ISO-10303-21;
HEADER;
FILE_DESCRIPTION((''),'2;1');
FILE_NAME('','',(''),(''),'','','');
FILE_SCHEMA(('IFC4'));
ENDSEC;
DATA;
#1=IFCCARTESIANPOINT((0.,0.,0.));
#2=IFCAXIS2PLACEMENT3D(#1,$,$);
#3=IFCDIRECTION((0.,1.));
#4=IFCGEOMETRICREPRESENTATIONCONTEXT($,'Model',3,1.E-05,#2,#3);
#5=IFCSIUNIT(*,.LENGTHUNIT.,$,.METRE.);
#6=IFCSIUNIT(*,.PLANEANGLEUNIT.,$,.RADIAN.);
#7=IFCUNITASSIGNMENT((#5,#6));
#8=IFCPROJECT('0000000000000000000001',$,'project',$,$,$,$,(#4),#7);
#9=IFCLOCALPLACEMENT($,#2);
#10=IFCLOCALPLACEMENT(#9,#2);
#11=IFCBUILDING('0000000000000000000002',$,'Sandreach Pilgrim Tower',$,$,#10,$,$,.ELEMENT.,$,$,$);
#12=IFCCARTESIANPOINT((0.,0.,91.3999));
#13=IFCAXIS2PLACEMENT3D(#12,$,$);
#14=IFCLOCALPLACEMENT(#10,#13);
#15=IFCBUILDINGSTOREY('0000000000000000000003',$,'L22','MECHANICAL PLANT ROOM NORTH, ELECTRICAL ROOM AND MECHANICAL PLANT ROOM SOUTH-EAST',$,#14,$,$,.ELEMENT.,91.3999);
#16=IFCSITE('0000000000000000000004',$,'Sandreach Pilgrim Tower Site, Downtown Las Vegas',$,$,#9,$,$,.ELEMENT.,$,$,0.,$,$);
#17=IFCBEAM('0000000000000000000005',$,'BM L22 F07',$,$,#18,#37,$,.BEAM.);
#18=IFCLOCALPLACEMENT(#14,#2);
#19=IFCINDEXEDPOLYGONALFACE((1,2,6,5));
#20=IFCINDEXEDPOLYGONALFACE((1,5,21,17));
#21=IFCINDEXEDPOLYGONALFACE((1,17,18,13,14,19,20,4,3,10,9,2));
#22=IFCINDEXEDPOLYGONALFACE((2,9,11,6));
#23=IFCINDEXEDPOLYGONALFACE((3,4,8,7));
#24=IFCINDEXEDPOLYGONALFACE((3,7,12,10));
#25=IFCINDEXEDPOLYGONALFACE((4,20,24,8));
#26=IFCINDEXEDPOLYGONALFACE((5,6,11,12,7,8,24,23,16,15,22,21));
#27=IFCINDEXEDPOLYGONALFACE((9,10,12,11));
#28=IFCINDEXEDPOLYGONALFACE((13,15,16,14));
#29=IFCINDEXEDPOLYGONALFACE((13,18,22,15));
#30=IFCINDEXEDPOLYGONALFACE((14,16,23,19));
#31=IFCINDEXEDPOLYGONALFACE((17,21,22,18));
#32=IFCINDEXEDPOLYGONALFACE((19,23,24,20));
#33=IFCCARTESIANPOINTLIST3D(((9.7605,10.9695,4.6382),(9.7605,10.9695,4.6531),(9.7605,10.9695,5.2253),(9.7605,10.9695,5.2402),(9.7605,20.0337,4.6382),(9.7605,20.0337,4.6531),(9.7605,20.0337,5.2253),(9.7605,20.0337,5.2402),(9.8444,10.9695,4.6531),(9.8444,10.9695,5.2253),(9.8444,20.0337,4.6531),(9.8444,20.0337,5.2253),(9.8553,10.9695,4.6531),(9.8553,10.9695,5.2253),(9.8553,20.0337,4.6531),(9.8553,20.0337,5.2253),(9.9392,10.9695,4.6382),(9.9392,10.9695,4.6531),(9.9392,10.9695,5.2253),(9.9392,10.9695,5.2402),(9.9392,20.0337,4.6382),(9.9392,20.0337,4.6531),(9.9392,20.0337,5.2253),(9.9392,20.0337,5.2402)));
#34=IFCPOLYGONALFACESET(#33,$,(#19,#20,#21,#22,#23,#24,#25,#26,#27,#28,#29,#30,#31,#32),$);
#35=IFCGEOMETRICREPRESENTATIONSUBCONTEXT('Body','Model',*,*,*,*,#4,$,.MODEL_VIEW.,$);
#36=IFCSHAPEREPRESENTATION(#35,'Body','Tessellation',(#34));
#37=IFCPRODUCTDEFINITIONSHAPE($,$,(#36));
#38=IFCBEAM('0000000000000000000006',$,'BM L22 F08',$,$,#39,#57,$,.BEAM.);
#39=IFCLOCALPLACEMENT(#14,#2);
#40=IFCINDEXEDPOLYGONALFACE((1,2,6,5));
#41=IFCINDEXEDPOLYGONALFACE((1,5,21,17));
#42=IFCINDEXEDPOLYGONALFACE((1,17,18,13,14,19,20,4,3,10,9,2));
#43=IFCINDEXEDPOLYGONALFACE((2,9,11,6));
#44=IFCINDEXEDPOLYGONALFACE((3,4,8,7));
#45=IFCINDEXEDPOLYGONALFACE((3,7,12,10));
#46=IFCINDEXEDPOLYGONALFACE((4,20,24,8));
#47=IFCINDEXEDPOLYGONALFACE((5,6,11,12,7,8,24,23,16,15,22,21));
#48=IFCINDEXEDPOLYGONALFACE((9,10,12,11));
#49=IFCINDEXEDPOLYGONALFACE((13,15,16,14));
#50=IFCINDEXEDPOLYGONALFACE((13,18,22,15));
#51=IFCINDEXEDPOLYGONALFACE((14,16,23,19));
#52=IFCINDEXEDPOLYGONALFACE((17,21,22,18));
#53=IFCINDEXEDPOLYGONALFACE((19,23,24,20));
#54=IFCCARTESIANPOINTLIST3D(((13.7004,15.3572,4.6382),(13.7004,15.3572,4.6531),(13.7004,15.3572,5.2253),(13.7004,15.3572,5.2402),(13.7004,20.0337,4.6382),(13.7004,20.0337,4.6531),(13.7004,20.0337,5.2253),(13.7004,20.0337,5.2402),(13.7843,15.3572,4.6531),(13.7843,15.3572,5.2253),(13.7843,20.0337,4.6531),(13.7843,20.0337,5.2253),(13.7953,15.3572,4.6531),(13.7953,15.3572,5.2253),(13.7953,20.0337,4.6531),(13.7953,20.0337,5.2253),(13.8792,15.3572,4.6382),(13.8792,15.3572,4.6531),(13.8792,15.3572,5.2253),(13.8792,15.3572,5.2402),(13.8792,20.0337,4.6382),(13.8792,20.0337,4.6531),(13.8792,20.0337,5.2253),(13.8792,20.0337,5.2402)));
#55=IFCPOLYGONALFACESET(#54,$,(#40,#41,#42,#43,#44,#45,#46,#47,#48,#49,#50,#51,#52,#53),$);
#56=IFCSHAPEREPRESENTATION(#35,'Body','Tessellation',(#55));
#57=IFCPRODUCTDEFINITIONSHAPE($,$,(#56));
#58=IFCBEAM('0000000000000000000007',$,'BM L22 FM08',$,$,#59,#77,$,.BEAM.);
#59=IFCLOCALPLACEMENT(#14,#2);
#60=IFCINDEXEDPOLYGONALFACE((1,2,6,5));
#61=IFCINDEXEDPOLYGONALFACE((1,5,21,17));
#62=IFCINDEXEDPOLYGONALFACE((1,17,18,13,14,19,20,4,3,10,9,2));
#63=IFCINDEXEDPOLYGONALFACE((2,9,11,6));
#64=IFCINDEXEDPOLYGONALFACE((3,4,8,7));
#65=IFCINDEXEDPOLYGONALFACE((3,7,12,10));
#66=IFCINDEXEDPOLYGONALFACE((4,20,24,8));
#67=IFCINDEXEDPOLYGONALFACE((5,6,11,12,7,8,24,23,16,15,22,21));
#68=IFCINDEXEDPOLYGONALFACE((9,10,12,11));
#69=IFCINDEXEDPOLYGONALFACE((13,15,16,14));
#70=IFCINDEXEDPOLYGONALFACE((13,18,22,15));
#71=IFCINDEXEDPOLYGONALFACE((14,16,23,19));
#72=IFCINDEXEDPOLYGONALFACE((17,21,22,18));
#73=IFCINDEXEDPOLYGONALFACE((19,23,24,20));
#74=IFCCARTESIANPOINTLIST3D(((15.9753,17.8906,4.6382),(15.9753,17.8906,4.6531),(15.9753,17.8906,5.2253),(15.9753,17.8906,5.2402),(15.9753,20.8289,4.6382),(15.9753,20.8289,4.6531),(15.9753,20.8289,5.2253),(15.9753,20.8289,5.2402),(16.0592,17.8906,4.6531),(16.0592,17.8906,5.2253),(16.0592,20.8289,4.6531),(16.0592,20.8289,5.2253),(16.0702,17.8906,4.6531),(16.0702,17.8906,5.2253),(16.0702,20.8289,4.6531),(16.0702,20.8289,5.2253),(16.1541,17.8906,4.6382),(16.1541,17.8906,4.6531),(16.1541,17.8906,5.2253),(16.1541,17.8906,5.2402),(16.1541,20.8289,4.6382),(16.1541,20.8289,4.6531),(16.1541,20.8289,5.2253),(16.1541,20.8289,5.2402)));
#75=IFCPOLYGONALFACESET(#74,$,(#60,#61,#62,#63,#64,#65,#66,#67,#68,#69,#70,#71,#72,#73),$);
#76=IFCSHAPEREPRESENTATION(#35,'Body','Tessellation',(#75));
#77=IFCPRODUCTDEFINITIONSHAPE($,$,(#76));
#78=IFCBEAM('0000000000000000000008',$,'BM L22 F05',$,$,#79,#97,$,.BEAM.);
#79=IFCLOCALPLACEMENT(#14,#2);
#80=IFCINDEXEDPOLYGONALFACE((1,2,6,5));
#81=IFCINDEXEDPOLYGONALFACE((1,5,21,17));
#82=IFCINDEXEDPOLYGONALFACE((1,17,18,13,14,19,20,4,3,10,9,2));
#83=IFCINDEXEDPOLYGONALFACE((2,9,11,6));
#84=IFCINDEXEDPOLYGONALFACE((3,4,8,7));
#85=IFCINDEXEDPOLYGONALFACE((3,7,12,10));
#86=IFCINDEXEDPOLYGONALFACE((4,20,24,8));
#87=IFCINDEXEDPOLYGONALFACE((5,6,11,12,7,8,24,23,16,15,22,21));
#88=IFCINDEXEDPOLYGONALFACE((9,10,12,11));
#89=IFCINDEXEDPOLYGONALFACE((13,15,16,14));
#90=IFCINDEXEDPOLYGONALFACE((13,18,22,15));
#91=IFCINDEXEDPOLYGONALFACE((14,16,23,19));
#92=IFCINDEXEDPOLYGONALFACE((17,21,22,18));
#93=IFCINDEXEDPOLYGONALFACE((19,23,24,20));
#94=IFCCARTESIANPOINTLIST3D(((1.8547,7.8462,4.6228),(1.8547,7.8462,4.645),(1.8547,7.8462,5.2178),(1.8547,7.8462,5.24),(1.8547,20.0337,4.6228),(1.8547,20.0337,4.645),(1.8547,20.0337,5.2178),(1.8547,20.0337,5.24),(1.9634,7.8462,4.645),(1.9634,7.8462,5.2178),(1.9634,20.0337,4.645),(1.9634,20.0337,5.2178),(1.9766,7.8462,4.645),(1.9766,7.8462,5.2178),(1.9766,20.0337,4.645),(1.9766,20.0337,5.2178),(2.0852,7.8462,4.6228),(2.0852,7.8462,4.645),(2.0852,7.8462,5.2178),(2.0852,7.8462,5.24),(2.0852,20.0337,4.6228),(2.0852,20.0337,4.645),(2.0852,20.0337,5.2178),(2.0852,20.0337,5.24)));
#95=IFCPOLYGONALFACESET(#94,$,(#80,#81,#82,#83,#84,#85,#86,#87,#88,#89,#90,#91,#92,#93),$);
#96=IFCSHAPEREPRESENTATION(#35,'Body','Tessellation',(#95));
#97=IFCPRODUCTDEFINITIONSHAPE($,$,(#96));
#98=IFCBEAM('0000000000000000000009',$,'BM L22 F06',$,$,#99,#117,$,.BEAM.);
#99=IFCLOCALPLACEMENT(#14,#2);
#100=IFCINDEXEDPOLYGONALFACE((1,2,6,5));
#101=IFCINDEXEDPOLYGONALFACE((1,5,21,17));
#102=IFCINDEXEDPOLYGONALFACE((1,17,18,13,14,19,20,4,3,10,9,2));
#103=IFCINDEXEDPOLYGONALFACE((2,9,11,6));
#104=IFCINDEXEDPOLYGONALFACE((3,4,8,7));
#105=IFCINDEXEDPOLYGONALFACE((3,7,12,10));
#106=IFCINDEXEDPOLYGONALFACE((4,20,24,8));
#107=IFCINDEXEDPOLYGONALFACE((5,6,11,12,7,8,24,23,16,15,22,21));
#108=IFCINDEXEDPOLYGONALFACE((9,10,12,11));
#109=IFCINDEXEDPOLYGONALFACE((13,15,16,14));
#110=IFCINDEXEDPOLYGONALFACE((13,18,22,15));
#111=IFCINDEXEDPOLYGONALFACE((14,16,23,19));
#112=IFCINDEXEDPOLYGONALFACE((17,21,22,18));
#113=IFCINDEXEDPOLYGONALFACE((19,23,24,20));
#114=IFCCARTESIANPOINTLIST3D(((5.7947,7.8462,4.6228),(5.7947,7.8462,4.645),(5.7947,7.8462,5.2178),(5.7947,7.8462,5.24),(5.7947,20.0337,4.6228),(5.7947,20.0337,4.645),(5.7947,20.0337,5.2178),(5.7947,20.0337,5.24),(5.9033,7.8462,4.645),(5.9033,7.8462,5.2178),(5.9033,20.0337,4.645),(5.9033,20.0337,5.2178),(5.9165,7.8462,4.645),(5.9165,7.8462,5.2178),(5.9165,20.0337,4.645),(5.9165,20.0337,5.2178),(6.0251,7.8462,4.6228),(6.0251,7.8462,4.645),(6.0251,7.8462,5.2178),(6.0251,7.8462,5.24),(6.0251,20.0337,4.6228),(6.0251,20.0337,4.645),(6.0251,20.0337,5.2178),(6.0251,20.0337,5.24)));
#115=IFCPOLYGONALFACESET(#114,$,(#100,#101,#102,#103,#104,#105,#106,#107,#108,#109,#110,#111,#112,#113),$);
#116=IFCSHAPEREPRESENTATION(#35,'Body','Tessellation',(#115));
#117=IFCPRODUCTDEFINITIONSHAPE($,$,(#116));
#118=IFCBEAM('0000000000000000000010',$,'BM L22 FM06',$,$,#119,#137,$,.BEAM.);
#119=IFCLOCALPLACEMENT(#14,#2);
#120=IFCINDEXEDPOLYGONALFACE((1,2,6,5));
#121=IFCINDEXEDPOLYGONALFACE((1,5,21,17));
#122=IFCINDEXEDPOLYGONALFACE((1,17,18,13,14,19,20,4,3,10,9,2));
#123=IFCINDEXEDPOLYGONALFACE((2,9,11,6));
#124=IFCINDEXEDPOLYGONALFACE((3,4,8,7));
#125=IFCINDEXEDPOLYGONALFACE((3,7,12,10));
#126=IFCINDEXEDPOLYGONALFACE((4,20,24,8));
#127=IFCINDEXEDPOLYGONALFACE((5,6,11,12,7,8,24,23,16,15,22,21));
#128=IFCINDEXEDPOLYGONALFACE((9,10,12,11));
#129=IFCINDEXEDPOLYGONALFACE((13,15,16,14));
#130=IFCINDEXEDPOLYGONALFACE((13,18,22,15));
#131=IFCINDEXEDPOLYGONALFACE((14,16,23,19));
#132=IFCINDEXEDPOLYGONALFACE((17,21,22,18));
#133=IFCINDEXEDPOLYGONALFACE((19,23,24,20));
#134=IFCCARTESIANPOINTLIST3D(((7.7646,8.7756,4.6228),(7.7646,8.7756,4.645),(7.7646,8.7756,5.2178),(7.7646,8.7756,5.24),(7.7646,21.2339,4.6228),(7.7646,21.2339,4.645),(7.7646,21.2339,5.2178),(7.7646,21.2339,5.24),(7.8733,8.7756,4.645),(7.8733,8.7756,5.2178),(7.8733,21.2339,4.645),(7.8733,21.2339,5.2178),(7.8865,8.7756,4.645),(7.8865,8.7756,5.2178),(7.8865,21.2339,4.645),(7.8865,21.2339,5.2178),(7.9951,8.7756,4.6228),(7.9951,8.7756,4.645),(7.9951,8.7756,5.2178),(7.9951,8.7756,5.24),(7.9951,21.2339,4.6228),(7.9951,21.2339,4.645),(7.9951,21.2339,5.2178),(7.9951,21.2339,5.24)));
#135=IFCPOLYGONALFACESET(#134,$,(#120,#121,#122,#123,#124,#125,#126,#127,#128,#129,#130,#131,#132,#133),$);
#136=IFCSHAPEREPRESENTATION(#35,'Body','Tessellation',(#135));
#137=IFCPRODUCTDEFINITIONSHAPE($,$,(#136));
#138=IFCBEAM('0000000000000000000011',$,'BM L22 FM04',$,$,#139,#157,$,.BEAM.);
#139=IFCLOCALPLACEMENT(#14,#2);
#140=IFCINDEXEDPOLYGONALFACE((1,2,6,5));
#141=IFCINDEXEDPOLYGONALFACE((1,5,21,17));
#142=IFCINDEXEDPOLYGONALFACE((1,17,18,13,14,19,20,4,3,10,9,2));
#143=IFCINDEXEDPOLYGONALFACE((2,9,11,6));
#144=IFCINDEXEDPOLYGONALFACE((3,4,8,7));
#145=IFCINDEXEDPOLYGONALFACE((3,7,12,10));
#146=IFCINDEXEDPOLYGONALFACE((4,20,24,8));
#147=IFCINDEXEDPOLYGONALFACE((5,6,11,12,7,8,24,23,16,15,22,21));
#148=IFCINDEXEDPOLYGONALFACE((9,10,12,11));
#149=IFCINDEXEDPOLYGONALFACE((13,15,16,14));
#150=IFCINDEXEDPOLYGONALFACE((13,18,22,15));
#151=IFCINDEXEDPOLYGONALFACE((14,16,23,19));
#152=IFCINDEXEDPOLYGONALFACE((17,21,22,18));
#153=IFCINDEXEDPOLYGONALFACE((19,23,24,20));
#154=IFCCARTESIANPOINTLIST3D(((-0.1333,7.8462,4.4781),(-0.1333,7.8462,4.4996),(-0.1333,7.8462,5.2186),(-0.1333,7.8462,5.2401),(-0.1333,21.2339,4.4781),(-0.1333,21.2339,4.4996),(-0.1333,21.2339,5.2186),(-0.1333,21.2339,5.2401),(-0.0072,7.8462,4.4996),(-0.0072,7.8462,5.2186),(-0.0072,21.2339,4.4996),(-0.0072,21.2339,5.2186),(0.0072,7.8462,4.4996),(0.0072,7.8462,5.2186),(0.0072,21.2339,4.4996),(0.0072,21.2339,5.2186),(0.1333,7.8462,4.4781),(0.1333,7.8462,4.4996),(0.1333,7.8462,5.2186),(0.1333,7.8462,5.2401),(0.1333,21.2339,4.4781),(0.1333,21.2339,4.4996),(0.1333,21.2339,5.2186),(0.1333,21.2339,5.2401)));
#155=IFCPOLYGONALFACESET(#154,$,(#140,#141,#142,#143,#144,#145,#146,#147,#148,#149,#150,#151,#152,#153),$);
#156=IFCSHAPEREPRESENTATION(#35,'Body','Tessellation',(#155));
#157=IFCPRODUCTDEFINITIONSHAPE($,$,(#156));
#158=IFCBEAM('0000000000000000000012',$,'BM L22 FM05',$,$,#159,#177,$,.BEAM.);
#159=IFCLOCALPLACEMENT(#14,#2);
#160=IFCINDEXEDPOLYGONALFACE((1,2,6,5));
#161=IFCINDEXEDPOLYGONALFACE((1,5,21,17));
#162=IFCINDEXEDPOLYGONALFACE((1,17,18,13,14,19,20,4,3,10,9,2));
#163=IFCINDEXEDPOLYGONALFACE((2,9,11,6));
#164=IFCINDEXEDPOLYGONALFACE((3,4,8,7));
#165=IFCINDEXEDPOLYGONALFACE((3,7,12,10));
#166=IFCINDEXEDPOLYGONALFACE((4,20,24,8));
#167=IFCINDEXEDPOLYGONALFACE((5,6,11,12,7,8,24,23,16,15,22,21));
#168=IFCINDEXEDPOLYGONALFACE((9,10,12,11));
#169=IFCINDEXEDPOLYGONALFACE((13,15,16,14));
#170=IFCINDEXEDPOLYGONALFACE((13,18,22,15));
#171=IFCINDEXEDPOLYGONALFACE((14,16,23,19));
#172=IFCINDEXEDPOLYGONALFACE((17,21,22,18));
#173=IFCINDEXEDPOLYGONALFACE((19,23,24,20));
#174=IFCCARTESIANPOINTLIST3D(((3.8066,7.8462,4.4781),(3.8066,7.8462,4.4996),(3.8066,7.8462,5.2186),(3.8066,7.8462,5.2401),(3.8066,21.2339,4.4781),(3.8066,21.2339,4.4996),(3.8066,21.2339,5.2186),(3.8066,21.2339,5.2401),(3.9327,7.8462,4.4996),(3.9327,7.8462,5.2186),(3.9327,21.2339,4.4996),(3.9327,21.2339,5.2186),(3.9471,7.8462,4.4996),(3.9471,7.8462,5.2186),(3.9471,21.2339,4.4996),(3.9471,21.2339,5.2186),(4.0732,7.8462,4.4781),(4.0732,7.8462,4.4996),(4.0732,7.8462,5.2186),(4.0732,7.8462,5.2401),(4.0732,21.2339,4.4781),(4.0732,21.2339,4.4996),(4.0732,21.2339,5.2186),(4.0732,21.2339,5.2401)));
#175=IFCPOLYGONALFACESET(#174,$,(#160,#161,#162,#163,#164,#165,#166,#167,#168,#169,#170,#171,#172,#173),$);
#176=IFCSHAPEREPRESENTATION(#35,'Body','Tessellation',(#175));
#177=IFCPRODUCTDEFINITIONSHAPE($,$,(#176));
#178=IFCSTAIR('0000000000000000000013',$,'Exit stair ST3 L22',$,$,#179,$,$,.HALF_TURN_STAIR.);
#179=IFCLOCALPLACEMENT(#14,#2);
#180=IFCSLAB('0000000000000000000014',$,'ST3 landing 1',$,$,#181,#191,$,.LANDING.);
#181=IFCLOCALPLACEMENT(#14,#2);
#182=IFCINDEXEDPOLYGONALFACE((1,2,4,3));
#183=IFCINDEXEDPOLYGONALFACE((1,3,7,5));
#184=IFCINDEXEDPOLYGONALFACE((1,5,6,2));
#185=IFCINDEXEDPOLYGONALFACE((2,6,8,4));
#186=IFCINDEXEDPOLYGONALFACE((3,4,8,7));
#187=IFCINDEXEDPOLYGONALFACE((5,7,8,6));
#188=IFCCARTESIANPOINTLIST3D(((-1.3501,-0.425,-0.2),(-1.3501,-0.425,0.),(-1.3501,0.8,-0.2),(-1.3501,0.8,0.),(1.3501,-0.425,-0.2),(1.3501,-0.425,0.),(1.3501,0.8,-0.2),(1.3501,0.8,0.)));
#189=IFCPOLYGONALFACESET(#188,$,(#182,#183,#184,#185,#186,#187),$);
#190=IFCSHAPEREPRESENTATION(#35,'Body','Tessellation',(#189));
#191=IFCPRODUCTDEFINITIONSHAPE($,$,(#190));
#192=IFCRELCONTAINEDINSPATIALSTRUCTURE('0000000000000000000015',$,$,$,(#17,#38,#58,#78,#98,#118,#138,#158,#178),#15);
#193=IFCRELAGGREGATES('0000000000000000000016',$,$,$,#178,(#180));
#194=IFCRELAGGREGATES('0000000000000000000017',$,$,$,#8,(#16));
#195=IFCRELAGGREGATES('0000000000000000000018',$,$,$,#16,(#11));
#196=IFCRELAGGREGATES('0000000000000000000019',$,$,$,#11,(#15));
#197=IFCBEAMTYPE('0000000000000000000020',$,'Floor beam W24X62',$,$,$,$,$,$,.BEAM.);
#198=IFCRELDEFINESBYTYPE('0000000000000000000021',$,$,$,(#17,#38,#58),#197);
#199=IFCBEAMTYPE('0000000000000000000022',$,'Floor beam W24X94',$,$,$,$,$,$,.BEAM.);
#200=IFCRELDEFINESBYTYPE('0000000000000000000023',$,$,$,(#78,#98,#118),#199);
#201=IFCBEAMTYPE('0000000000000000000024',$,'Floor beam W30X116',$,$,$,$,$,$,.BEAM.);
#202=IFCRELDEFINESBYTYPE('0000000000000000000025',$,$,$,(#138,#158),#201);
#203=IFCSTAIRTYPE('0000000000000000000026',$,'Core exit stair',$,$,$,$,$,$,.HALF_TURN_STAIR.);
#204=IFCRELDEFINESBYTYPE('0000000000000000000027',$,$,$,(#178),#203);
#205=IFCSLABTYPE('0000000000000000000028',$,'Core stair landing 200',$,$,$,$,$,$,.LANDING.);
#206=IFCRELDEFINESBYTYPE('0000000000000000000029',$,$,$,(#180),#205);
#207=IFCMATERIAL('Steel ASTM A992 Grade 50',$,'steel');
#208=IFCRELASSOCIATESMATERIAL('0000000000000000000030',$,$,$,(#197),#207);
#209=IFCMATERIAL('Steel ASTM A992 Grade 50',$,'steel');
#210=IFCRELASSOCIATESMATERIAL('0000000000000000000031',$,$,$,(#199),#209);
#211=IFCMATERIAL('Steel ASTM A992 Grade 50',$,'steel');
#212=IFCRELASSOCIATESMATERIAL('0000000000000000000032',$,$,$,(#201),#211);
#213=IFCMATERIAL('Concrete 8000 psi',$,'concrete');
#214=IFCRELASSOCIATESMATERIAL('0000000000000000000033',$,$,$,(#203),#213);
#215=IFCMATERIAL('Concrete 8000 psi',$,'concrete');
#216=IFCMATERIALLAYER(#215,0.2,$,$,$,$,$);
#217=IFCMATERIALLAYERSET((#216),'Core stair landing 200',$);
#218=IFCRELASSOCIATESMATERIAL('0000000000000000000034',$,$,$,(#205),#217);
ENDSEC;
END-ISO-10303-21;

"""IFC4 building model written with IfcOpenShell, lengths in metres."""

from ifc_helpers import new_model, si_unit, direction, frame, origin, origin_2d, place, context, subcontext, project, spatial, polyline, i_section, outline, extrude, material, layer, layer_set, material_profile, profile_set, type_object, element, aggregate, save


model = new_model("IFC4")

# Units and contexts
model_context = context("Model", 3, precision=1e-05, world=origin(), true_north=direction((0.0, 1.0)))
body_context = subcontext(model_context, "Body", "Model", "MODEL_VIEW")
ifc_project = project(units=[si_unit("LENGTHUNIT", "METRE"), si_unit("PLANEANGLEUNIT", "RADIAN")], contexts=[model_context])

# Site, building, storey
site_placement = place(None, origin())
site = spatial("IfcSite", under=ifc_project, at=site_placement, Name="Sandreach Pilgrim Tower Site, Downtown Las Vegas", CompositionType="ELEMENT", RefElevation=0.0)
building_placement = place(site_placement, origin())
building = spatial("IfcBuilding", under=site, at=building_placement, Name="Sandreach Pilgrim Tower", CompositionType="ELEMENT")
storey_placement = place(building_placement, frame((0.0, 0.0, 91.3999)))
storey = spatial("IfcBuildingStorey", under=building, at=storey_placement, Name="L22", Description="MECHANICAL PLANT ROOM NORTH, ELECTRICAL ROOM AND MECHANICAL PLANT ROOM SOUTH-EAST", CompositionType="ELEMENT", Elevation=91.3999)

# Beams
ifc_material_1 = material(Name="Steel ASTM A992 Grade 50", Category="steel")
ifc_material_profile_1 = material_profile(ifc_material_1, i_section(OverallWidth=0.1787, OverallDepth=0.6021, WebThickness=0.011, FlangeThickness=0.0149, at=origin_2d()), Name="W24X62")
ifc_profile_set_1 = profile_set([ifc_material_profile_1], Name="Steel ASTM A992 Grade 50")
beam_type_1 = type_object("IfcBeamType", Name="Floor beam W24X62", PredefinedType="BEAM", material=ifc_profile_set_1)
beam_1_placement = place(storey_placement, frame((9.8499, 20.0337, 4.9392), z_axis=(0.0, -1.0, 0.0), x_axis=(1.0, 0.0, 0.0)))
element("IfcBeam", 1, at=beam_1_placement, inside=storey, type_object=beam_type_1, Name="BM L22 F07", PredefinedType="BEAM", context=body_context, shape_type="SweptSolid", body=[
    extrude(i_section(OverallWidth=0.1787, OverallDepth=0.6021, WebThickness=0.011, FlangeThickness=0.0149, at=origin_2d()), origin(), (0.0, 0.0, 1.0), 9.0642),
])
beam_2_placement = place(storey_placement, frame((13.7898, 20.0337, 4.9392), z_axis=(0.0, -1.0, 0.0), x_axis=(1.0, 0.0, 0.0)))
element("IfcBeam", 2, at=beam_2_placement, inside=storey, type_object=beam_type_1, Name="BM L22 F08", PredefinedType="BEAM", context=body_context, shape_type="SweptSolid", body=[
    extrude(i_section(OverallWidth=0.1787, OverallDepth=0.6021, WebThickness=0.011, FlangeThickness=0.0149, at=origin_2d()), origin(), (0.0, 0.0, 1.0), 4.6765),
])
beam_3_placement = place(storey_placement, frame((16.0647, 20.8289, 4.9392), z_axis=(0.0, -1.0, 0.0), x_axis=(1.0, 0.0, 0.0)))
element("IfcBeam", 3, at=beam_3_placement, inside=storey, type_object=beam_type_1, Name="BM L22 FM08", PredefinedType="BEAM", context=body_context, shape_type="SweptSolid", body=[
    extrude(i_section(OverallWidth=0.1787, OverallDepth=0.6021, WebThickness=0.011, FlangeThickness=0.0149, at=origin_2d()), origin(), (0.0, 0.0, 1.0), 2.9382),
])
ifc_material_2 = material(Name="Steel ASTM A992 Grade 50", Category="steel")
ifc_material_profile_2 = material_profile(ifc_material_2, i_section(OverallWidth=0.2305, OverallDepth=0.6172, WebThickness=0.0132, FlangeThickness=0.0222, at=origin_2d()), Name="W24X94")
ifc_profile_set_2 = profile_set([ifc_material_profile_2], Name="Steel ASTM A992 Grade 50")
beam_type_2 = type_object("IfcBeamType", Name="Floor beam W24X94", PredefinedType="BEAM", material=ifc_profile_set_2)
for number, where, z_axis, x_axis, name in (
    (4, (1.97, 20.0337, 4.9314), (0.0, -1.0, 0.0), (1.0, 0.0, 0.0), "BM L22 F05"),
    (5, (5.9099, 20.0337, 4.9314), (0.0, -1.0, 0.0), (1.0, 0.0, 0.0), "BM L22 F06"),
):
    element("IfcBeam", number, at=place(storey_placement, frame(where, z_axis=z_axis, x_axis=x_axis)), inside=storey, type_object=beam_type_2, Name=name, PredefinedType="BEAM", context=body_context, shape_type="SweptSolid", body=[
        extrude(i_section(OverallWidth=0.2305, OverallDepth=0.6172, WebThickness=0.0132, FlangeThickness=0.0222, at=origin_2d()), origin(), (0.0, 0.0, 1.0), 12.1875),
    ])
beam_4_placement = place(storey_placement, frame((7.8799, 21.2339, 4.9314), z_axis=(0.0, -1.0, 0.0), x_axis=(1.0, 0.0, 0.0)))
element("IfcBeam", 6, at=beam_4_placement, inside=storey, type_object=beam_type_2, Name="BM L22 FM06", PredefinedType="BEAM", context=body_context, shape_type="SweptSolid", body=[
    extrude(i_section(OverallWidth=0.2305, OverallDepth=0.6172, WebThickness=0.0132, FlangeThickness=0.0222, at=origin_2d()), origin(), (0.0, 0.0, 1.0), 12.4583),
])
ifc_material_3 = material(Name="Steel ASTM A992 Grade 50", Category="steel")
ifc_material_profile_3 = material_profile(ifc_material_3, i_section(OverallWidth=0.2666, OverallDepth=0.762, WebThickness=0.0144, FlangeThickness=0.0215, at=origin_2d()), Name="W30X116")
ifc_profile_set_3 = profile_set([ifc_material_profile_3], Name="Steel ASTM A992 Grade 50")
beam_type_3 = type_object("IfcBeamType", Name="Floor beam W30X116", PredefinedType="BEAM", material=ifc_profile_set_3)
for number, where, z_axis, x_axis, name in (
    (7, (0.0, 21.2339, 4.8591), (0.0, -1.0, 0.0), (1.0, 0.0, 0.0), "BM L22 FM04"),
    (8, (3.9399, 21.2339, 4.8591), (0.0, -1.0, 0.0), (1.0, 0.0, 0.0), "BM L22 FM05"),
):
    element("IfcBeam", number, at=place(storey_placement, frame(where, z_axis=z_axis, x_axis=x_axis)), inside=storey, type_object=beam_type_3, Name=name, PredefinedType="BEAM", context=body_context, shape_type="SweptSolid", body=[
        extrude(i_section(OverallWidth=0.2666, OverallDepth=0.762, WebThickness=0.0144, FlangeThickness=0.0215, at=origin_2d()), origin(), (0.0, 0.0, 1.0), 13.3877),
    ])

# Stair, slab
ifc_material_4 = material(Name="Concrete 8000 psi", Category="concrete")
stair_type = type_object("IfcStairType", Name="Core exit stair", PredefinedType="HALF_TURN_STAIR", material=ifc_material_4)
stair_1_placement = place(storey_placement, origin())
stair_1 = element("IfcStair", 9, at=stair_1_placement, inside=storey, type_object=stair_type, Name="Exit stair ST3 L22", PredefinedType="HALF_TURN_STAIR")
ifc_material_5 = material(Name="Concrete 8000 psi", Category="concrete")
ifc_layer_1 = layer(ifc_material_5, 0.2)
ifc_layer_set_1 = layer_set([ifc_layer_1], Name="Core stair landing 200")
slab_type = type_object("IfcSlabType", Name="Core stair landing 200", PredefinedType="LANDING", material=ifc_layer_set_1)
slab_1_placement = place(storey_placement, frame((0.0, 0.0, -0.2)))
slab_1 = element("IfcSlab", 10, at=slab_1_placement, type_object=slab_type, Name="ST3 landing 1", PredefinedType="LANDING", context=body_context, shape_type="SweptSolid", body=[
    extrude(outline(polyline([(-1.3501, -0.425), (1.3501, -0.425), (1.3501, 0.8), (-1.3501, 0.8), (-1.3501, -0.425)])), origin(), (0.0, 0.0, 1.0), 0.2),
])
aggregate(stair_1, [slab_1])

save(model, "model.ifc")
